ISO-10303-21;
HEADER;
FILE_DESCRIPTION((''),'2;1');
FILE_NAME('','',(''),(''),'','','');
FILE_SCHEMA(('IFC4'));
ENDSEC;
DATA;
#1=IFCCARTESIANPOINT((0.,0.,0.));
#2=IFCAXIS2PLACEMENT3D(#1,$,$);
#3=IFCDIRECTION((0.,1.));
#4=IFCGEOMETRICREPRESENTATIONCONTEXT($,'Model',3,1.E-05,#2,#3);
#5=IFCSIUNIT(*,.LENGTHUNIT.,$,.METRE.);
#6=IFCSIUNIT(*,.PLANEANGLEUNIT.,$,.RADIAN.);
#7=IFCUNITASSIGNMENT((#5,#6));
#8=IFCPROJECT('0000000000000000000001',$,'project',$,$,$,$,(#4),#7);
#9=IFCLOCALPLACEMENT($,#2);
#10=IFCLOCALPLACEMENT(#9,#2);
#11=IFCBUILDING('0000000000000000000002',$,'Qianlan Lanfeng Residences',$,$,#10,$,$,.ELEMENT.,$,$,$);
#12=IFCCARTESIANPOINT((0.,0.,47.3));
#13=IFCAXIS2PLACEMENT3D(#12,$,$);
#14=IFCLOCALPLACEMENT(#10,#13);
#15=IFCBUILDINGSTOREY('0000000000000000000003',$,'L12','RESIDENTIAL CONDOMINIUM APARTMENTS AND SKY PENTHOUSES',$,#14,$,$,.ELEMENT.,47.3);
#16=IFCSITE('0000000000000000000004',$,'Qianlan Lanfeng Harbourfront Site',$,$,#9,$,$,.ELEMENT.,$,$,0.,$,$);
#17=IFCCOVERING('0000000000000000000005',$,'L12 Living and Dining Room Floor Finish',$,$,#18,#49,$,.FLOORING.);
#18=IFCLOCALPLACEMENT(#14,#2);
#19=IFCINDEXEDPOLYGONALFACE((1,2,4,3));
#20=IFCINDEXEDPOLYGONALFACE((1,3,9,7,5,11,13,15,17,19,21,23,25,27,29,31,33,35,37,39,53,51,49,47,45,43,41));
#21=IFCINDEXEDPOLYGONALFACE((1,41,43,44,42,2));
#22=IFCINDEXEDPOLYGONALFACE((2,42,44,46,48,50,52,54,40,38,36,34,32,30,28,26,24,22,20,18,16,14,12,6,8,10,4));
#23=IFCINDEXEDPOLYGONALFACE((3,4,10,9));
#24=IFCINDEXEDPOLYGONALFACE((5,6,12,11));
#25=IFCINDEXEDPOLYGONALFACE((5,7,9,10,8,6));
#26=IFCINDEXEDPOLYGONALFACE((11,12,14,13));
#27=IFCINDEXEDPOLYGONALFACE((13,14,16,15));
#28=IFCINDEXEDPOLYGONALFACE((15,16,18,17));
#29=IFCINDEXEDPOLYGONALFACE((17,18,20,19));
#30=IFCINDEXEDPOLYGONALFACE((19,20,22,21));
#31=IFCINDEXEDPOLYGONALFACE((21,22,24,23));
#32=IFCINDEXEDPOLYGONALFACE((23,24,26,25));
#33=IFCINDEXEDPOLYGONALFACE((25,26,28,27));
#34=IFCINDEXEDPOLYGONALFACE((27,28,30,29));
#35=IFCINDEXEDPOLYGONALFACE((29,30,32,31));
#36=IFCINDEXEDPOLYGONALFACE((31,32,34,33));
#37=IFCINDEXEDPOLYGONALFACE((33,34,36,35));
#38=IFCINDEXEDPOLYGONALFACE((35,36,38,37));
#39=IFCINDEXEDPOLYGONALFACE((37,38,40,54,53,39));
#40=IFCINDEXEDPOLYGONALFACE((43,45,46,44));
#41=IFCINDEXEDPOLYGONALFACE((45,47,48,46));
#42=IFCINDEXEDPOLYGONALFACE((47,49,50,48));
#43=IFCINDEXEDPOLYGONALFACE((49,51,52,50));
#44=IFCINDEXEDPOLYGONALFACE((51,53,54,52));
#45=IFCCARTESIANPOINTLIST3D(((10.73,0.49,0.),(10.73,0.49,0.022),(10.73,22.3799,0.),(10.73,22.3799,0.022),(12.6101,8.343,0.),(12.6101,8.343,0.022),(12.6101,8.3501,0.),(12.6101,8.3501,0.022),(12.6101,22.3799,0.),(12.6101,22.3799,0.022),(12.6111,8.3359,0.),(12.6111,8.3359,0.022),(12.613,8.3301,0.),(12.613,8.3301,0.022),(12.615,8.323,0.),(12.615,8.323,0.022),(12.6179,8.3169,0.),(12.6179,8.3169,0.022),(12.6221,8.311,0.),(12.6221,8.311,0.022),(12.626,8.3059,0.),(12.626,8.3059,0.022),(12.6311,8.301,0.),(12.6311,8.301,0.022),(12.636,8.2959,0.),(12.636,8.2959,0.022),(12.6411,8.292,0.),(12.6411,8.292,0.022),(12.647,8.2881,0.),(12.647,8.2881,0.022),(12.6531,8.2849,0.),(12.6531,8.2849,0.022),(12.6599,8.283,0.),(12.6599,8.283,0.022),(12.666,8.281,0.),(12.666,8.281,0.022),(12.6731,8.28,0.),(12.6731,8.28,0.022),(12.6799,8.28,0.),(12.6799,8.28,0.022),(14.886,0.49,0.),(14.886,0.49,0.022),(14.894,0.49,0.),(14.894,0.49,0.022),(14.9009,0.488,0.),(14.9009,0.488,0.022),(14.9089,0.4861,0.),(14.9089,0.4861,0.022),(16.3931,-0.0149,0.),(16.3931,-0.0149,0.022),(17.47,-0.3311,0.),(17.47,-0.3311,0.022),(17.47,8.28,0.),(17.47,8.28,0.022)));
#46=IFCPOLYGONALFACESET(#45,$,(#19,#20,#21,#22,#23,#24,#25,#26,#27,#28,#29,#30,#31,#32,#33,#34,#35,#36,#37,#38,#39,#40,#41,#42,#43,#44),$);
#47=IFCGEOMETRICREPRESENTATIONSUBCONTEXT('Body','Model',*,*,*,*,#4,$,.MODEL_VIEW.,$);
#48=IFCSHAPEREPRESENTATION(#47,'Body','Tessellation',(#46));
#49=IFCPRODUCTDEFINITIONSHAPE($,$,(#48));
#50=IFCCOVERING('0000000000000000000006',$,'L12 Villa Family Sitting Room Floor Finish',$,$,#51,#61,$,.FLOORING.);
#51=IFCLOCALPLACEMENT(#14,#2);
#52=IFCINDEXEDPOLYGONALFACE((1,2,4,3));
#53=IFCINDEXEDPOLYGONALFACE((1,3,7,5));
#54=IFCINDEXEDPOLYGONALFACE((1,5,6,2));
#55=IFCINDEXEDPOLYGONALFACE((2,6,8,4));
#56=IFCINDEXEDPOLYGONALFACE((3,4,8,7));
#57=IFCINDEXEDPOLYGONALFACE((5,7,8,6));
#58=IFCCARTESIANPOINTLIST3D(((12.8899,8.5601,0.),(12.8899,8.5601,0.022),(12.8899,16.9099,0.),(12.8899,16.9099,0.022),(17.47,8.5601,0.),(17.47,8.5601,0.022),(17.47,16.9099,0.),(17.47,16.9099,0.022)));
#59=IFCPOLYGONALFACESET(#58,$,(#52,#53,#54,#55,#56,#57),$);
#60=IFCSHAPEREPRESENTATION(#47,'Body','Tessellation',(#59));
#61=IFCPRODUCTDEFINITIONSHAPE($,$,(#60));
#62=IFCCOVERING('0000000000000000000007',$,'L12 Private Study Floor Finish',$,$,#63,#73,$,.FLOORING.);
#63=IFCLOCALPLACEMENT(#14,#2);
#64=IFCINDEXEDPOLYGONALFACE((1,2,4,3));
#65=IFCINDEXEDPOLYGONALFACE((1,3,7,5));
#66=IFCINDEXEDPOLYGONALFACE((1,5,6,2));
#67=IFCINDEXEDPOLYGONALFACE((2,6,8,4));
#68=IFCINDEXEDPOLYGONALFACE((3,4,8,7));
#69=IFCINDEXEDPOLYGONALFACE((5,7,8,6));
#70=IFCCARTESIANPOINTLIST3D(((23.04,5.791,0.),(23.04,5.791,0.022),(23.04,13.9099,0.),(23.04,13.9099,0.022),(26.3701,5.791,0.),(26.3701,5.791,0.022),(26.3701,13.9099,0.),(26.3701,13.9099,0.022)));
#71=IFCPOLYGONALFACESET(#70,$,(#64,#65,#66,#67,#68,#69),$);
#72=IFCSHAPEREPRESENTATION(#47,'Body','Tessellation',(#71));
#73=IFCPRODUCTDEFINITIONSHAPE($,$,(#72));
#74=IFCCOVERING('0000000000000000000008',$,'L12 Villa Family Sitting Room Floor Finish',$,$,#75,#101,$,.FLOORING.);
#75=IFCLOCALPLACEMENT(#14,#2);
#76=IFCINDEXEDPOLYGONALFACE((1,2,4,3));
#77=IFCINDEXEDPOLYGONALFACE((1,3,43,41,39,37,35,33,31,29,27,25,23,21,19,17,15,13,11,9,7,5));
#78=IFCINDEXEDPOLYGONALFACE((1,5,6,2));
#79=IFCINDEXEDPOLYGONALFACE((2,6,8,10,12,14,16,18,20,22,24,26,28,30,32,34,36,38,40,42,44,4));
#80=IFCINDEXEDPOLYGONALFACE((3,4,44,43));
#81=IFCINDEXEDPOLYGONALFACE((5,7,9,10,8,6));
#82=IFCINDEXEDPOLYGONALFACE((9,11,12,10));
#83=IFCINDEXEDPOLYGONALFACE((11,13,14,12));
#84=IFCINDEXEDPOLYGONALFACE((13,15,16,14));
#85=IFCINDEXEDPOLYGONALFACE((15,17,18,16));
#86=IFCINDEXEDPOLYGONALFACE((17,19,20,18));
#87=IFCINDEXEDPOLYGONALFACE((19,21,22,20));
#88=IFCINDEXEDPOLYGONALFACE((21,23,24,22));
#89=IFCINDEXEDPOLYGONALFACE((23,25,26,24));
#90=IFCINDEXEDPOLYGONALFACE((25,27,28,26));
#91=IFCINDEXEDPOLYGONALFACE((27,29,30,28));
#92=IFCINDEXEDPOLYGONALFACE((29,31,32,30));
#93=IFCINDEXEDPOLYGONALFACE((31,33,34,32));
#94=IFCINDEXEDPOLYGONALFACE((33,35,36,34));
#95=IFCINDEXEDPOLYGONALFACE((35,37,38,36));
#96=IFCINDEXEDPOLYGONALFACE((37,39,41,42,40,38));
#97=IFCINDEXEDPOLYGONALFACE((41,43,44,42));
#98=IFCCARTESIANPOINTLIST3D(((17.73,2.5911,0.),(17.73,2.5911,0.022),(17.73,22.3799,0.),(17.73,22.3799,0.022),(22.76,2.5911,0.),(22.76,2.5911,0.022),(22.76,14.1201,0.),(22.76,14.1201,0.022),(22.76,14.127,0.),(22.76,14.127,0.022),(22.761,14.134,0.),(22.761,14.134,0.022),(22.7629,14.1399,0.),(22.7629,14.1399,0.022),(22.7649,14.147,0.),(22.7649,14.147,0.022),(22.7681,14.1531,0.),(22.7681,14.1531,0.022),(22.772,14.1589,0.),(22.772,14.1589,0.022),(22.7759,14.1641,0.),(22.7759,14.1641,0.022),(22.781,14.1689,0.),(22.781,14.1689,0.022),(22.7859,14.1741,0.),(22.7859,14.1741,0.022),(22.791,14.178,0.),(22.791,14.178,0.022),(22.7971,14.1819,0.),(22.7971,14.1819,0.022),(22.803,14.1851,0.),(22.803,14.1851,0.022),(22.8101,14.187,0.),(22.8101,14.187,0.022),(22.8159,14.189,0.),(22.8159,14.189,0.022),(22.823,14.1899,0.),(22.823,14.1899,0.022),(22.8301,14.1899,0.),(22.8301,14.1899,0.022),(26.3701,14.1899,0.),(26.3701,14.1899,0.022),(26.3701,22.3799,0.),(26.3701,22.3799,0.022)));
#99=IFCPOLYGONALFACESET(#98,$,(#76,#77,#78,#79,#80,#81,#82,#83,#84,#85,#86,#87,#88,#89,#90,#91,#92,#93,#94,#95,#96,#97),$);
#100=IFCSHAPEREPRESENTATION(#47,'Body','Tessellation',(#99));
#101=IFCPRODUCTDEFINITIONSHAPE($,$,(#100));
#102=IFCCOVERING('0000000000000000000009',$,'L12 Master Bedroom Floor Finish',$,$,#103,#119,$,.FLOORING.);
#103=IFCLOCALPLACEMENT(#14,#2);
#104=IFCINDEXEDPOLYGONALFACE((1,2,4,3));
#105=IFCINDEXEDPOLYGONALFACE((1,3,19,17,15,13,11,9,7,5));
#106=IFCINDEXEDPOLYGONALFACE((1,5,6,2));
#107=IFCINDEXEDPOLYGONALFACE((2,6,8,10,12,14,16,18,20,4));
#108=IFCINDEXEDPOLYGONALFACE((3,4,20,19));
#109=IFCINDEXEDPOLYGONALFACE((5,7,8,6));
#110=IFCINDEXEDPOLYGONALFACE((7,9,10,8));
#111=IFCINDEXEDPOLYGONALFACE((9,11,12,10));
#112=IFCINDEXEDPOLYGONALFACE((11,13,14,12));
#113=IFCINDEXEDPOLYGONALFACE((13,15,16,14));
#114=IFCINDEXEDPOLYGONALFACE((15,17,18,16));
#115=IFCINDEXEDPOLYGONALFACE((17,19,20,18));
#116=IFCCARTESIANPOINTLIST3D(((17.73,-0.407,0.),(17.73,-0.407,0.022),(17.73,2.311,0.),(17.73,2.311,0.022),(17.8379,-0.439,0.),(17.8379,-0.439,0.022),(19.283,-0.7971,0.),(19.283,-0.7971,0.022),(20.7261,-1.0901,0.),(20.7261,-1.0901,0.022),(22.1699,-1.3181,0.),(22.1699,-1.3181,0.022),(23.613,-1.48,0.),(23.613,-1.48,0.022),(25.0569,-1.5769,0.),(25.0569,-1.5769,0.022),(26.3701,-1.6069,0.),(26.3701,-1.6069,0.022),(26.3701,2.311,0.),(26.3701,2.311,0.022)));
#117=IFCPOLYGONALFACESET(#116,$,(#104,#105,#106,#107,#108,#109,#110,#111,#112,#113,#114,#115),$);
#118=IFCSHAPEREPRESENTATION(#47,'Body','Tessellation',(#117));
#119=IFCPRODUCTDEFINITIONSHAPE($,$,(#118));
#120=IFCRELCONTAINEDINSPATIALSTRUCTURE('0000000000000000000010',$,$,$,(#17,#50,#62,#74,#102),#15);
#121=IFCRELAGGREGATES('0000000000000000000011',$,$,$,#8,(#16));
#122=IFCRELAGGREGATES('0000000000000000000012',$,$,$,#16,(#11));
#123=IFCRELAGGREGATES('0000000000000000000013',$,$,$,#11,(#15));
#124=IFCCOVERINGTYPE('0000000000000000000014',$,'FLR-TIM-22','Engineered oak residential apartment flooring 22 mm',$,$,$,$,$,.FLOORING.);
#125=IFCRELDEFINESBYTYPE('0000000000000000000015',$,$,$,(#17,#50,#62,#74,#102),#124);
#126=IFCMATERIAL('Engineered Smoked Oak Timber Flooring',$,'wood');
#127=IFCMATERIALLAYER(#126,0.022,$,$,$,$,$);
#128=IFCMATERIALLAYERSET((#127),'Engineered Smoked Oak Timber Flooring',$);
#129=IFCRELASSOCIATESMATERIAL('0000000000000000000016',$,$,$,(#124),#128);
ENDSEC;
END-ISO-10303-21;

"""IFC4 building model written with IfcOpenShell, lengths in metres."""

from ifc_helpers import new_model, si_unit, direction, frame, origin, place, context, subcontext, project, spatial, polyline, outline, extrude, material, layer, layer_set, type_object, element, save


model = new_model("IFC4")

# Units and contexts
model_context = context("Model", 3, precision=1e-05, world=origin(), true_north=direction((0.0, 1.0)))
body_context = subcontext(model_context, "Body", "Model", "MODEL_VIEW")
ifc_project = project(units=[si_unit("LENGTHUNIT", "METRE"), si_unit("PLANEANGLEUNIT", "RADIAN")], contexts=[model_context])

# Site, building, storey
site_placement = place(None, origin())
site = spatial("IfcSite", under=ifc_project, at=site_placement, Name="Qianlan Lanfeng Harbourfront Site", CompositionType="ELEMENT", RefElevation=0.0)
building_placement = place(site_placement, origin())
building = spatial("IfcBuilding", under=site, at=building_placement, Name="Qianlan Lanfeng Residences", CompositionType="ELEMENT")
storey_placement = place(building_placement, frame((0.0, 0.0, 47.3)))
storey = spatial("IfcBuildingStorey", under=building, at=storey_placement, Name="L12", Description="RESIDENTIAL CONDOMINIUM APARTMENTS AND SKY PENTHOUSES", CompositionType="ELEMENT", Elevation=47.3)

# Coverings
ifc_material_1 = material(Name="Engineered Smoked Oak Timber Flooring", Category="wood")
ifc_layer_1 = layer(ifc_material_1, 0.022)
ifc_layer_set_1 = layer_set([ifc_layer_1], Name="Engineered Smoked Oak Timber Flooring")
covering_type_1 = type_object("IfcCoveringType", Name="FLR-TIM-22", Description="Engineered oak residential apartment flooring 22 mm", PredefinedType="FLOORING", material=ifc_layer_set_1)
covering_1_placement = place(storey_placement, origin())
element("IfcCovering", 1, at=covering_1_placement, inside=storey, type_object=covering_type_1, Name="L12 Living and Dining Room Floor Finish", PredefinedType="FLOORING", context=body_context, shape_type="SweptSolid", body=[
    extrude(outline(polyline([(17.47, -0.3311), (17.47, 8.28), (12.6799, 8.28), (12.6731, 8.28), (12.666, 8.281), (12.6599, 8.283), (12.6531, 8.2849), (12.647, 8.2881), (12.6411, 8.292), (12.636, 8.2959), (12.6311, 8.301), (12.626, 8.3059), (12.6221, 8.311), (12.6179, 8.3169), (12.615, 8.323), (12.613, 8.3301), (12.6111, 8.3359), (12.6101, 8.343), (12.6101, 8.3501), (12.6101, 22.3799), (10.73, 22.3799), (10.73, 0.49), (14.886, 0.49), (14.894, 0.49), (14.9009, 0.488), (14.9089, 0.4861), (16.3931, -0.0149), (17.47, -0.3311)])), origin(), (0.0, 0.0, 1.0), 0.022),
])
covering_2_placement = place(storey_placement, origin())
element("IfcCovering", 2, at=covering_2_placement, inside=storey, type_object=covering_type_1, Name="L12 Villa Family Sitting Room Floor Finish", PredefinedType="FLOORING", context=body_context, shape_type="SweptSolid", body=[
    extrude(outline(polyline([(12.8899, 16.9099), (12.8899, 8.5601), (17.47, 8.5601), (17.47, 16.9099), (12.8899, 16.9099)])), origin(), (0.0, 0.0, 1.0), 0.022),
])
covering_3_placement = place(storey_placement, origin())
element("IfcCovering", 3, at=covering_3_placement, inside=storey, type_object=covering_type_1, Name="L12 Private Study Floor Finish", PredefinedType="FLOORING", context=body_context, shape_type="SweptSolid", body=[
    extrude(outline(polyline([(23.04, 5.791), (26.3701, 5.791), (26.3701, 13.9099), (23.04, 13.9099), (23.04, 5.791)])), origin(), (0.0, 0.0, 1.0), 0.022),
])
covering_4_placement = place(storey_placement, origin())
element("IfcCovering", 4, at=covering_4_placement, inside=storey, type_object=covering_type_1, Name="L12 Villa Family Sitting Room Floor Finish", PredefinedType="FLOORING", context=body_context, shape_type="SweptSolid", body=[
    extrude(outline(polyline([(17.73, 2.5911), (22.76, 2.5911), (22.76, 14.1201), (22.76, 14.127), (22.761, 14.134), (22.7629, 14.1399), (22.7649, 14.147), (22.7681, 14.1531), (22.772, 14.1589), (22.7759, 14.1641), (22.781, 14.1689), (22.7859, 14.1741), (22.791, 14.178), (22.7971, 14.1819), (22.803, 14.1851), (22.8101, 14.187), (22.8159, 14.189), (22.823, 14.1899), (22.8301, 14.1899), (26.3701, 14.1899), (26.3701, 22.3799), (17.73, 22.3799), (17.73, 2.5911)])), origin(), (0.0, 0.0, 1.0), 0.022),
])
covering_5_placement = place(storey_placement, origin())
element("IfcCovering", 5, at=covering_5_placement, inside=storey, type_object=covering_type_1, Name="L12 Master Bedroom Floor Finish", PredefinedType="FLOORING", context=body_context, shape_type="SweptSolid", body=[
    extrude(outline(polyline([(17.73, 2.311), (17.73, -0.407), (17.8379, -0.439), (19.283, -0.7971), (20.7261, -1.0901), (22.1699, -1.3181), (23.613, -1.48), (25.0569, -1.5769), (26.3701, -1.6069), (26.3701, 2.311), (17.73, 2.311)])), origin(), (0.0, 0.0, 1.0), 0.022),
])

save(model, "model.ifc")
